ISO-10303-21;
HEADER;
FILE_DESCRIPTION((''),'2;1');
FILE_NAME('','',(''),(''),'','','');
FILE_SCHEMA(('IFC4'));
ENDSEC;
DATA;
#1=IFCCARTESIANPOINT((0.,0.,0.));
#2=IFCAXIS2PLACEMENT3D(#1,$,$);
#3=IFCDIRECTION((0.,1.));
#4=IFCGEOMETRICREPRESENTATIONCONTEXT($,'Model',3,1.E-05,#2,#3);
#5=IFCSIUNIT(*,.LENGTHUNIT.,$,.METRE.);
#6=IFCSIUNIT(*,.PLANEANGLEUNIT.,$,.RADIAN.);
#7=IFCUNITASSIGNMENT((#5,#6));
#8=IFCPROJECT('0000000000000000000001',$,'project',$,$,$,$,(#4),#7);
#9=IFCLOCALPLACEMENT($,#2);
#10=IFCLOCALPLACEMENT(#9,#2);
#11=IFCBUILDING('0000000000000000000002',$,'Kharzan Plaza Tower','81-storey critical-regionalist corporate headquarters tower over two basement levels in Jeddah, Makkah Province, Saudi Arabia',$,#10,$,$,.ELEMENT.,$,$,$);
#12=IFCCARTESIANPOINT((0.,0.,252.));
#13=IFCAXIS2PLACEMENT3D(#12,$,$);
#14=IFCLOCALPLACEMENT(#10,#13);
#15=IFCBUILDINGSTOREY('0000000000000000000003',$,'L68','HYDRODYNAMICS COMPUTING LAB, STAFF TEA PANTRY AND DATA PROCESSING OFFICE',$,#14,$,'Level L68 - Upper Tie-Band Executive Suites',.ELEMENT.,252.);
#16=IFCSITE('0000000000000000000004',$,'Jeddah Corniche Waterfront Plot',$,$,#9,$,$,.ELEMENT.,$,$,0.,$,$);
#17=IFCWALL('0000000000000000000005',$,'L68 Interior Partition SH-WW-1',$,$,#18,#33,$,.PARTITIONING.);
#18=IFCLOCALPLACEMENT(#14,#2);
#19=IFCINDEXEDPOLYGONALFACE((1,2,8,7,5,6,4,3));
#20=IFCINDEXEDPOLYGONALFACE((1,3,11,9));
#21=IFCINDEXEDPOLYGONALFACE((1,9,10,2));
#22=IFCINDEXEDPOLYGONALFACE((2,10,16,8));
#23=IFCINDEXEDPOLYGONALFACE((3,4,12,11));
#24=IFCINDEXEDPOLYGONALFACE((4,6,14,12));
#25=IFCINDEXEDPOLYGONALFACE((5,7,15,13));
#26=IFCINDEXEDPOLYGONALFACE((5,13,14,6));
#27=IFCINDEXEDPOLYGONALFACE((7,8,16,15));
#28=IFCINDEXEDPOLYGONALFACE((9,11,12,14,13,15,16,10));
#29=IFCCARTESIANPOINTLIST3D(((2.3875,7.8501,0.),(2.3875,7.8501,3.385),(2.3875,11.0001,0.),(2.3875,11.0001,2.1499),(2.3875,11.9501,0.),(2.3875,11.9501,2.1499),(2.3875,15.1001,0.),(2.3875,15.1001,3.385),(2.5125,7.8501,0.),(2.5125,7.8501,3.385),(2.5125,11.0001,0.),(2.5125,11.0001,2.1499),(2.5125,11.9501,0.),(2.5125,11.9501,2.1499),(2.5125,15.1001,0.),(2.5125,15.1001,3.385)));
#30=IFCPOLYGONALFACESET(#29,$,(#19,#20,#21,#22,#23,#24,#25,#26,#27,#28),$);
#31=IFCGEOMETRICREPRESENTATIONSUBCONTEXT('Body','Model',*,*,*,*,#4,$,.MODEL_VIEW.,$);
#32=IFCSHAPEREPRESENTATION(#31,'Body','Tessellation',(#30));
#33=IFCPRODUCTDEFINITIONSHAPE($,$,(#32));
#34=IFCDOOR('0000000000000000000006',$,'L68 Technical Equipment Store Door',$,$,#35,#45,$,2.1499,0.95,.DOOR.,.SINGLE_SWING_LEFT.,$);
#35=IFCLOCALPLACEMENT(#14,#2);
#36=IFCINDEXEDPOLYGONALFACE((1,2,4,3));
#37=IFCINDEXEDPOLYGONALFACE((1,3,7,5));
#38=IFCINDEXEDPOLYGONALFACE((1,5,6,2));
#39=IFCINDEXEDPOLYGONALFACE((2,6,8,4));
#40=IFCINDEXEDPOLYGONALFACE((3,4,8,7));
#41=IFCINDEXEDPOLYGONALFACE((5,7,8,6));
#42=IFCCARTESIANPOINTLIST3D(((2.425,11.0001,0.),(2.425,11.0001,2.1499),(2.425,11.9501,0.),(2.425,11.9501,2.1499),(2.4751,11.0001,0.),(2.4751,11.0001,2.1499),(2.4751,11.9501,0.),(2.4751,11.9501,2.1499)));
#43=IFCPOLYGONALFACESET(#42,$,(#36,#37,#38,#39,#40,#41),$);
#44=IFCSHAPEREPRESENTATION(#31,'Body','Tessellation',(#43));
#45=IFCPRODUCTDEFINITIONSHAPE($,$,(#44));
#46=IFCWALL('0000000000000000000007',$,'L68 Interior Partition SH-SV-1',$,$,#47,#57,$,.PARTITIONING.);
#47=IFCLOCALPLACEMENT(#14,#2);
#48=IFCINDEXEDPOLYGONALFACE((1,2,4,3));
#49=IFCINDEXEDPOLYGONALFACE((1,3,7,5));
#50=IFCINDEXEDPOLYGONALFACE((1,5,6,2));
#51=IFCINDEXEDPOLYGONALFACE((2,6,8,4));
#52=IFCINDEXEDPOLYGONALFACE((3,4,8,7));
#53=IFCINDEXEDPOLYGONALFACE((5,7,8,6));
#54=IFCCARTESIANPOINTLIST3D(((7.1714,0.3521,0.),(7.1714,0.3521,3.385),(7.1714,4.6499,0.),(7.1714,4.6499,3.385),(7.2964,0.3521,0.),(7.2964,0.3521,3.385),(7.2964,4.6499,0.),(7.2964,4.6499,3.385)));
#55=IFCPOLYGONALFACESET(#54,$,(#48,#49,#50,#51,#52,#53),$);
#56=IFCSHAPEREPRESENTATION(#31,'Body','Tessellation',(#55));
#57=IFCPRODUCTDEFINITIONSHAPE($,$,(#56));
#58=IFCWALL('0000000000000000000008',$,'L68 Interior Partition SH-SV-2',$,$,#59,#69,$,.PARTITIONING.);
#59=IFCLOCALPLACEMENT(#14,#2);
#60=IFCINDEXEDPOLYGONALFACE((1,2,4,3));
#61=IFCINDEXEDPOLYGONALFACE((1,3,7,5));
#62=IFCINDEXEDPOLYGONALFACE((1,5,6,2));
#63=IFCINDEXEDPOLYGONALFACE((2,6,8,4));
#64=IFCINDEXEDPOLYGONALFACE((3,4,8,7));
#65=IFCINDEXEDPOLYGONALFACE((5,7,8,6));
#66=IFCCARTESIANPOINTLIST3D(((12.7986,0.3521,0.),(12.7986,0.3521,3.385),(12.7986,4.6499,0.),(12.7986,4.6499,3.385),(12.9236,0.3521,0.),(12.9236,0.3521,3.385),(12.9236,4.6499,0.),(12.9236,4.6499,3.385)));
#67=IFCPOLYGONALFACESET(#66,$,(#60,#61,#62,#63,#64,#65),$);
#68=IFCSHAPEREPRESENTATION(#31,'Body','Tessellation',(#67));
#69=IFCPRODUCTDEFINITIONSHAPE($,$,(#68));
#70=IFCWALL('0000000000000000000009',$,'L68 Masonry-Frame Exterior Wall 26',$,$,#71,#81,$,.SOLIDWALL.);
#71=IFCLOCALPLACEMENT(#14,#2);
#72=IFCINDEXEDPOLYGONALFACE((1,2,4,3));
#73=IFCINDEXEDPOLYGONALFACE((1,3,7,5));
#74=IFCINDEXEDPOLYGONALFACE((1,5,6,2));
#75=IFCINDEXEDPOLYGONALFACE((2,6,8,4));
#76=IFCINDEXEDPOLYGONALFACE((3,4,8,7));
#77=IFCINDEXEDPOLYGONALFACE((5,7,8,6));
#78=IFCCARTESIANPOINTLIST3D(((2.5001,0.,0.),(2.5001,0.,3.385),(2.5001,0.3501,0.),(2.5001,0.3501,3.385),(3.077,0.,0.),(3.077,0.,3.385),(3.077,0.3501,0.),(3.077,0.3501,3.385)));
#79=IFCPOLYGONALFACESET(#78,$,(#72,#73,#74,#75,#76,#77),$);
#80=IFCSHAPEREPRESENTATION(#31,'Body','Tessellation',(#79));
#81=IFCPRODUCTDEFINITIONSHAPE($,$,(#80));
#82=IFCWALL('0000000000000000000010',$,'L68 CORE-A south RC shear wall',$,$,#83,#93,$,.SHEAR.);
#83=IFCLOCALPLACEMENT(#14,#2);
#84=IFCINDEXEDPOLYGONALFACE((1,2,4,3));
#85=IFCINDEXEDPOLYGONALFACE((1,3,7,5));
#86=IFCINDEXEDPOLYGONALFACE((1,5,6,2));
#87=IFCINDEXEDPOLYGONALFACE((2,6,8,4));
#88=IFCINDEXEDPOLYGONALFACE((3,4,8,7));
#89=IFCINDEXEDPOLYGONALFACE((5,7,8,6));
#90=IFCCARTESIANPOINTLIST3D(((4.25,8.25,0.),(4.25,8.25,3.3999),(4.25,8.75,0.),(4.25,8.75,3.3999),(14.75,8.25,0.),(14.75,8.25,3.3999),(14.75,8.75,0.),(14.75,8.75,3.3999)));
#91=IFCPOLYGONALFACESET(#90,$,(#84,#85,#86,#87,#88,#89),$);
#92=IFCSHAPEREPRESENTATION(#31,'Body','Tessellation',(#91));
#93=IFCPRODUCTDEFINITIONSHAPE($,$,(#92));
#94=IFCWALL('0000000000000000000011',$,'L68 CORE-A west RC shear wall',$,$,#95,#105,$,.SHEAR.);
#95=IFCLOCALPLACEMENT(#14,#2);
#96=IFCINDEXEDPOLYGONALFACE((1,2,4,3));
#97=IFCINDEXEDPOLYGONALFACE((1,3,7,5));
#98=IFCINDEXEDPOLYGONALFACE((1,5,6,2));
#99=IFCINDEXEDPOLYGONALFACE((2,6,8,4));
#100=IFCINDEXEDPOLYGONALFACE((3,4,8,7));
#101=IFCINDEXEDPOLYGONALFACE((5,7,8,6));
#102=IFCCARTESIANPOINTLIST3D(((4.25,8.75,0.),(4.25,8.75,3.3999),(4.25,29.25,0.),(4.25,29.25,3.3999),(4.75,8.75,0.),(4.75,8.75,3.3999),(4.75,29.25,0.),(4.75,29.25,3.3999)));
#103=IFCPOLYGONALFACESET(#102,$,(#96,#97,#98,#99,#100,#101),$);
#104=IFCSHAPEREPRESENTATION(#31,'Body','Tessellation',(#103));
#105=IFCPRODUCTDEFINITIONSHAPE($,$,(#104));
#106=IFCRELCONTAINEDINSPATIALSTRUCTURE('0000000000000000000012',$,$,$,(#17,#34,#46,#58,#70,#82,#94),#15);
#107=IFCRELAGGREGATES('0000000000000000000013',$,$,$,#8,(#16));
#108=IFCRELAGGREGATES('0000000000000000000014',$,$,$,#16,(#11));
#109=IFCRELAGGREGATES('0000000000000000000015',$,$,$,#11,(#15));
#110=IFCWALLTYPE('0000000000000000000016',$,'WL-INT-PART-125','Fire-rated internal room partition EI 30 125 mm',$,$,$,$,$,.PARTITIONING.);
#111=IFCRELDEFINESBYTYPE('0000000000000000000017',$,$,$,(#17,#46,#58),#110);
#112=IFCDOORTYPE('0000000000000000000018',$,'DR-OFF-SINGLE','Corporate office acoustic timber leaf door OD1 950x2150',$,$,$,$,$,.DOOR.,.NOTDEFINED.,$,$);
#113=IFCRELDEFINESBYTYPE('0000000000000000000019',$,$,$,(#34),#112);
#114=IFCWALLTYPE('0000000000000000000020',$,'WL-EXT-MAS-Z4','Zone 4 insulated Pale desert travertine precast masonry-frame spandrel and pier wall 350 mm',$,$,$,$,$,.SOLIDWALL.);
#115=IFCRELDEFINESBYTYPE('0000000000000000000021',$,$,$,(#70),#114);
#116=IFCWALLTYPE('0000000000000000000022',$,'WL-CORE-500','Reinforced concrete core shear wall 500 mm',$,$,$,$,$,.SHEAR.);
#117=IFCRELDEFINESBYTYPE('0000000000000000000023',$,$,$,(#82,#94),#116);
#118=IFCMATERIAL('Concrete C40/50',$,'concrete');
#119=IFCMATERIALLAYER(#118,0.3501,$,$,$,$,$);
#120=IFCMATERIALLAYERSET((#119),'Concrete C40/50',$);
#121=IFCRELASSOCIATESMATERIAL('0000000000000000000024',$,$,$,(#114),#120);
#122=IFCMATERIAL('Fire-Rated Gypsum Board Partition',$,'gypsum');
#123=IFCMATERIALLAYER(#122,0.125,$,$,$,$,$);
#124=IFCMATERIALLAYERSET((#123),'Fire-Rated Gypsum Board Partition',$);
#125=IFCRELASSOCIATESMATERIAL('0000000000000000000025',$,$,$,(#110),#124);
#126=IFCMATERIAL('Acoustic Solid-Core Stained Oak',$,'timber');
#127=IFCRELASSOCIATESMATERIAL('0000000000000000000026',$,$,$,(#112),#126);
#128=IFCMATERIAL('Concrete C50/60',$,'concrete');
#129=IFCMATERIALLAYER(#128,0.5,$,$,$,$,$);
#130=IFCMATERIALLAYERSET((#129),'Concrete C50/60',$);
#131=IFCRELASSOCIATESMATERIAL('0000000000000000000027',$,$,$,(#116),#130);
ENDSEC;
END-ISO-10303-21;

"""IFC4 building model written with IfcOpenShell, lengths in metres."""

from ifc_helpers import new_model, si_unit, direction, frame, frame_2d, origin, place, context, subcontext, project, spatial, rectangle, extrude, source, transform, mapped, material, layer, layer_set, type_object, element, fill, save


model = new_model("IFC4")

# Units and contexts
model_context = context("Model", 3, precision=1e-05, world=origin(), true_north=direction((0.0, 1.0)))
body_context = subcontext(model_context, "Body", "Model", "MODEL_VIEW")
ifc_project = project(units=[si_unit("LENGTHUNIT", "METRE"), si_unit("PLANEANGLEUNIT", "RADIAN")], contexts=[model_context])

# Site, building, storey
site_placement = place(None, origin())
site = spatial("IfcSite", under=ifc_project, at=site_placement, Name="Jeddah Corniche Waterfront Plot", CompositionType="ELEMENT", RefElevation=0.0)
building_placement = place(site_placement, origin())
building = spatial("IfcBuilding", under=site, at=building_placement, Name="Kharzan Plaza Tower", Description="81-storey critical-regionalist corporate headquarters tower over two basement levels in Jeddah, Makkah Province, Saudi Arabia", CompositionType="ELEMENT")
storey_placement = place(building_placement, frame((0.0, 0.0, 252.0)))
storey = spatial("IfcBuildingStorey", under=building, at=storey_placement, Name="L68", Description="HYDRODYNAMICS COMPUTING LAB, STAFF TEA PANTRY AND DATA PROCESSING OFFICE", LongName="Level L68 - Upper Tie-Band Executive Suites", CompositionType="ELEMENT", Elevation=252.0)

# Shared definitions
ifc_material_1 = material(Name="Concrete C50/60", Category="concrete")

# Shared definitions
ifc_material_2 = material(Name="Concrete C40/50", Category="concrete")
ifc_layer_1 = layer(ifc_material_2, 0.3501)
ifc_layer_set_1 = layer_set([ifc_layer_1], Name="Concrete C40/50")
wall_type_1 = type_object("IfcWallType", Name="WL-EXT-MAS-Z4", Description="Zone 4 insulated Pale desert travertine precast masonry-frame spandrel and pier wall 350 mm", PredefinedType="SOLIDWALL", material=ifc_layer_set_1)

# Wall, opening, door
ifc_material_3 = material(Name="Fire-Rated Gypsum Board Partition", Category="gypsum")
ifc_layer_2 = layer(ifc_material_3, 0.125)
ifc_layer_set_2 = layer_set([ifc_layer_2], Name="Fire-Rated Gypsum Board Partition")
wall_type_2 = type_object("IfcWallType", Name="WL-INT-PART-125", Description="Fire-rated internal room partition EI 30 125 mm", PredefinedType="PARTITIONING", material=ifc_layer_set_2)
ifc_material_4 = material(Name="Acoustic Solid-Core Stained Oak", Category="timber")
door_type = type_object("IfcDoorType", Name="DR-OFF-SINGLE", Description="Corporate office acoustic timber leaf door OD1 950x2150", OperationType="NOTDEFINED", PredefinedType="DOOR", material=ifc_material_4)
shared_shape_1 = source(origin(), body_context, "Body", "SweptSolid", [
    extrude(rectangle(XDim=0.95, YDim=2.1499, at=frame_2d((0.4751, 1.075))), frame((0.0, 0.0249, 0.0), z_axis=(0.0, -1.0, 0.0), x_axis=(1.0, 0.0, 0.0)), (0.0, 0.0, 1.0), 0.05),
])
wall_1_placement = place(storey_placement, frame((2.45, 7.8501, 0.0), z_axis=(0.0, 0.0, 1.0), x_axis=(0.0, 1.0, 0.0)))
wall_1 = element("IfcWall", 1, at=wall_1_placement, inside=storey, type_object=wall_type_2, Name="L68 Interior Partition SH-WW-1", PredefinedType="PARTITIONING", context=body_context, shape_type="SweptSolid", body=[
    extrude(rectangle(XDim=7.25, YDim=0.125, at=frame_2d((3.625, 0.0))), origin(), (0.0, 0.0, 1.0), 3.385),
])
opening_1_placement = place(wall_1_placement, frame((3.1499, 0.0, 0.0)))
opening_1 = element("IfcOpeningElement", 2, at=opening_1_placement, cuts=wall_1, PredefinedType="OPENING", context=body_context, shape_type="SweptSolid", body=[
    extrude(rectangle(XDim=0.95, YDim=2.1499, at=frame_2d((0.4751, 1.075))), frame((0.0, 0.0725, 0.0), z_axis=(0.0, -1.0, 0.0), x_axis=(1.0, 0.0, 0.0)), (0.0, 0.0, 1.0), 0.145),
])
door_1_placement = place(opening_1_placement, origin())
door_1 = element("IfcDoor", 3, at=door_1_placement, inside=storey, type_object=door_type, Name="L68 Technical Equipment Store Door", OperationType="SINGLE_SWING_LEFT", OverallHeight=2.1499, OverallWidth=0.95, PredefinedType="DOOR", context=body_context, shape_type="MappedRepresentation", body=[
    mapped(shared_shape_1, transform((0.0, 0.0, 0.0), x_axis=(1.0, 0.0, 0.0), y_axis=(0.0, 1.0, 0.0), z_axis=(0.0, 0.0, 1.0))),
])
fill(opening_1, door_1)

# Walls
shared_shape_2 = source(origin(), body_context, "Body", "SweptSolid", [
    extrude(rectangle(XDim=4.2979, YDim=0.125, at=frame_2d((2.1489, 0.0))), origin(), (0.0, 0.0, 1.0), 3.385),
])
for number, where, z_axis, x_axis, name in (
    (4, (7.2339, 0.3521, 0.0), (0.0, 0.0, 1.0), (0.0, 1.0, 0.0), "L68 Interior Partition SH-SV-1"),
    (5, (12.8611, 0.3521, 0.0), (0.0, 0.0, 1.0), (0.0, 1.0, 0.0), "L68 Interior Partition SH-SV-2"),
):
    element("IfcWall", number, at=place(storey_placement, frame(where, z_axis=z_axis, x_axis=x_axis)), inside=storey, type_object=wall_type_2, Name=name, PredefinedType="PARTITIONING", context=body_context, shape_type="MappedRepresentation", body=[
        mapped(shared_shape_2, transform((0.0, 0.0, 0.0), x_axis=(1.0, 0.0, 0.0), y_axis=(0.0, 1.0, 0.0), z_axis=(0.0, 0.0, 1.0))),
    ])
shared_shape_3 = source(origin(), body_context, "Body", "SweptSolid", [
    extrude(rectangle(XDim=0.5769, YDim=0.3501, at=frame_2d((0.2886, 0.0))), origin(), (0.0, 0.0, 1.0), 3.385),
])
wall_2_placement = place(storey_placement, frame((2.5, 0.175, 0.0), z_axis=(0.0, 0.0, 1.0), x_axis=(1.0, 0.0, 0.0)))
element("IfcWall", 6, at=wall_2_placement, inside=storey, type_object=wall_type_1, Name="L68 Masonry-Frame Exterior Wall 26", PredefinedType="SOLIDWALL", context=body_context, shape_type="MappedRepresentation", body=[
    mapped(shared_shape_3, transform((0.0, 0.0, 0.0), x_axis=(1.0, 0.0, 0.0), y_axis=(0.0, 1.0, 0.0), z_axis=(0.0, 0.0, 1.0))),
])
ifc_layer_3 = layer(ifc_material_1, 0.5)
ifc_layer_set_3 = layer_set([ifc_layer_3], Name="Concrete C50/60")
wall_type_3 = type_object("IfcWallType", Name="WL-CORE-500", Description="Reinforced concrete core shear wall 500 mm", PredefinedType="SHEAR", material=ifc_layer_set_3)
shared_shape_4 = source(origin(), body_context, "Body", "SweptSolid", [
    extrude(rectangle(XDim=10.5, YDim=0.5, at=frame_2d((5.25, 0.0))), origin(), (0.0, 0.0, 1.0), 3.3999),
])
wall_3_placement = place(storey_placement, frame((4.25, 8.5, 0.0), z_axis=(0.0, 0.0, 1.0), x_axis=(1.0, 0.0, 0.0)))
element("IfcWall", 7, at=wall_3_placement, inside=storey, type_object=wall_type_3, Name="L68 CORE-A south RC shear wall", PredefinedType="SHEAR", context=body_context, shape_type="MappedRepresentation", body=[
    mapped(shared_shape_4, transform((0.0, 0.0, 0.0), x_axis=(1.0, 0.0, 0.0), y_axis=(0.0, 1.0, 0.0), z_axis=(0.0, 0.0, 1.0))),
])
shared_shape_5 = source(origin(), body_context, "Body", "SweptSolid", [
    extrude(rectangle(XDim=20.5, YDim=0.5, at=frame_2d((10.25, 0.0))), origin(), (0.0, 0.0, 1.0), 3.3999),
])
wall_4_placement = place(storey_placement, frame((4.5, 8.75, 0.0), z_axis=(0.0, 0.0, 1.0), x_axis=(0.0, 1.0, 0.0)))
element("IfcWall", 8, at=wall_4_placement, inside=storey, type_object=wall_type_3, Name="L68 CORE-A west RC shear wall", PredefinedType="SHEAR", context=body_context, shape_type="MappedRepresentation", body=[
    mapped(shared_shape_5, transform((0.0, 0.0, 0.0), x_axis=(1.0, 0.0, 0.0), y_axis=(0.0, 1.0, 0.0), z_axis=(0.0, 0.0, 1.0))),
])

save(model, "model.ifc")
